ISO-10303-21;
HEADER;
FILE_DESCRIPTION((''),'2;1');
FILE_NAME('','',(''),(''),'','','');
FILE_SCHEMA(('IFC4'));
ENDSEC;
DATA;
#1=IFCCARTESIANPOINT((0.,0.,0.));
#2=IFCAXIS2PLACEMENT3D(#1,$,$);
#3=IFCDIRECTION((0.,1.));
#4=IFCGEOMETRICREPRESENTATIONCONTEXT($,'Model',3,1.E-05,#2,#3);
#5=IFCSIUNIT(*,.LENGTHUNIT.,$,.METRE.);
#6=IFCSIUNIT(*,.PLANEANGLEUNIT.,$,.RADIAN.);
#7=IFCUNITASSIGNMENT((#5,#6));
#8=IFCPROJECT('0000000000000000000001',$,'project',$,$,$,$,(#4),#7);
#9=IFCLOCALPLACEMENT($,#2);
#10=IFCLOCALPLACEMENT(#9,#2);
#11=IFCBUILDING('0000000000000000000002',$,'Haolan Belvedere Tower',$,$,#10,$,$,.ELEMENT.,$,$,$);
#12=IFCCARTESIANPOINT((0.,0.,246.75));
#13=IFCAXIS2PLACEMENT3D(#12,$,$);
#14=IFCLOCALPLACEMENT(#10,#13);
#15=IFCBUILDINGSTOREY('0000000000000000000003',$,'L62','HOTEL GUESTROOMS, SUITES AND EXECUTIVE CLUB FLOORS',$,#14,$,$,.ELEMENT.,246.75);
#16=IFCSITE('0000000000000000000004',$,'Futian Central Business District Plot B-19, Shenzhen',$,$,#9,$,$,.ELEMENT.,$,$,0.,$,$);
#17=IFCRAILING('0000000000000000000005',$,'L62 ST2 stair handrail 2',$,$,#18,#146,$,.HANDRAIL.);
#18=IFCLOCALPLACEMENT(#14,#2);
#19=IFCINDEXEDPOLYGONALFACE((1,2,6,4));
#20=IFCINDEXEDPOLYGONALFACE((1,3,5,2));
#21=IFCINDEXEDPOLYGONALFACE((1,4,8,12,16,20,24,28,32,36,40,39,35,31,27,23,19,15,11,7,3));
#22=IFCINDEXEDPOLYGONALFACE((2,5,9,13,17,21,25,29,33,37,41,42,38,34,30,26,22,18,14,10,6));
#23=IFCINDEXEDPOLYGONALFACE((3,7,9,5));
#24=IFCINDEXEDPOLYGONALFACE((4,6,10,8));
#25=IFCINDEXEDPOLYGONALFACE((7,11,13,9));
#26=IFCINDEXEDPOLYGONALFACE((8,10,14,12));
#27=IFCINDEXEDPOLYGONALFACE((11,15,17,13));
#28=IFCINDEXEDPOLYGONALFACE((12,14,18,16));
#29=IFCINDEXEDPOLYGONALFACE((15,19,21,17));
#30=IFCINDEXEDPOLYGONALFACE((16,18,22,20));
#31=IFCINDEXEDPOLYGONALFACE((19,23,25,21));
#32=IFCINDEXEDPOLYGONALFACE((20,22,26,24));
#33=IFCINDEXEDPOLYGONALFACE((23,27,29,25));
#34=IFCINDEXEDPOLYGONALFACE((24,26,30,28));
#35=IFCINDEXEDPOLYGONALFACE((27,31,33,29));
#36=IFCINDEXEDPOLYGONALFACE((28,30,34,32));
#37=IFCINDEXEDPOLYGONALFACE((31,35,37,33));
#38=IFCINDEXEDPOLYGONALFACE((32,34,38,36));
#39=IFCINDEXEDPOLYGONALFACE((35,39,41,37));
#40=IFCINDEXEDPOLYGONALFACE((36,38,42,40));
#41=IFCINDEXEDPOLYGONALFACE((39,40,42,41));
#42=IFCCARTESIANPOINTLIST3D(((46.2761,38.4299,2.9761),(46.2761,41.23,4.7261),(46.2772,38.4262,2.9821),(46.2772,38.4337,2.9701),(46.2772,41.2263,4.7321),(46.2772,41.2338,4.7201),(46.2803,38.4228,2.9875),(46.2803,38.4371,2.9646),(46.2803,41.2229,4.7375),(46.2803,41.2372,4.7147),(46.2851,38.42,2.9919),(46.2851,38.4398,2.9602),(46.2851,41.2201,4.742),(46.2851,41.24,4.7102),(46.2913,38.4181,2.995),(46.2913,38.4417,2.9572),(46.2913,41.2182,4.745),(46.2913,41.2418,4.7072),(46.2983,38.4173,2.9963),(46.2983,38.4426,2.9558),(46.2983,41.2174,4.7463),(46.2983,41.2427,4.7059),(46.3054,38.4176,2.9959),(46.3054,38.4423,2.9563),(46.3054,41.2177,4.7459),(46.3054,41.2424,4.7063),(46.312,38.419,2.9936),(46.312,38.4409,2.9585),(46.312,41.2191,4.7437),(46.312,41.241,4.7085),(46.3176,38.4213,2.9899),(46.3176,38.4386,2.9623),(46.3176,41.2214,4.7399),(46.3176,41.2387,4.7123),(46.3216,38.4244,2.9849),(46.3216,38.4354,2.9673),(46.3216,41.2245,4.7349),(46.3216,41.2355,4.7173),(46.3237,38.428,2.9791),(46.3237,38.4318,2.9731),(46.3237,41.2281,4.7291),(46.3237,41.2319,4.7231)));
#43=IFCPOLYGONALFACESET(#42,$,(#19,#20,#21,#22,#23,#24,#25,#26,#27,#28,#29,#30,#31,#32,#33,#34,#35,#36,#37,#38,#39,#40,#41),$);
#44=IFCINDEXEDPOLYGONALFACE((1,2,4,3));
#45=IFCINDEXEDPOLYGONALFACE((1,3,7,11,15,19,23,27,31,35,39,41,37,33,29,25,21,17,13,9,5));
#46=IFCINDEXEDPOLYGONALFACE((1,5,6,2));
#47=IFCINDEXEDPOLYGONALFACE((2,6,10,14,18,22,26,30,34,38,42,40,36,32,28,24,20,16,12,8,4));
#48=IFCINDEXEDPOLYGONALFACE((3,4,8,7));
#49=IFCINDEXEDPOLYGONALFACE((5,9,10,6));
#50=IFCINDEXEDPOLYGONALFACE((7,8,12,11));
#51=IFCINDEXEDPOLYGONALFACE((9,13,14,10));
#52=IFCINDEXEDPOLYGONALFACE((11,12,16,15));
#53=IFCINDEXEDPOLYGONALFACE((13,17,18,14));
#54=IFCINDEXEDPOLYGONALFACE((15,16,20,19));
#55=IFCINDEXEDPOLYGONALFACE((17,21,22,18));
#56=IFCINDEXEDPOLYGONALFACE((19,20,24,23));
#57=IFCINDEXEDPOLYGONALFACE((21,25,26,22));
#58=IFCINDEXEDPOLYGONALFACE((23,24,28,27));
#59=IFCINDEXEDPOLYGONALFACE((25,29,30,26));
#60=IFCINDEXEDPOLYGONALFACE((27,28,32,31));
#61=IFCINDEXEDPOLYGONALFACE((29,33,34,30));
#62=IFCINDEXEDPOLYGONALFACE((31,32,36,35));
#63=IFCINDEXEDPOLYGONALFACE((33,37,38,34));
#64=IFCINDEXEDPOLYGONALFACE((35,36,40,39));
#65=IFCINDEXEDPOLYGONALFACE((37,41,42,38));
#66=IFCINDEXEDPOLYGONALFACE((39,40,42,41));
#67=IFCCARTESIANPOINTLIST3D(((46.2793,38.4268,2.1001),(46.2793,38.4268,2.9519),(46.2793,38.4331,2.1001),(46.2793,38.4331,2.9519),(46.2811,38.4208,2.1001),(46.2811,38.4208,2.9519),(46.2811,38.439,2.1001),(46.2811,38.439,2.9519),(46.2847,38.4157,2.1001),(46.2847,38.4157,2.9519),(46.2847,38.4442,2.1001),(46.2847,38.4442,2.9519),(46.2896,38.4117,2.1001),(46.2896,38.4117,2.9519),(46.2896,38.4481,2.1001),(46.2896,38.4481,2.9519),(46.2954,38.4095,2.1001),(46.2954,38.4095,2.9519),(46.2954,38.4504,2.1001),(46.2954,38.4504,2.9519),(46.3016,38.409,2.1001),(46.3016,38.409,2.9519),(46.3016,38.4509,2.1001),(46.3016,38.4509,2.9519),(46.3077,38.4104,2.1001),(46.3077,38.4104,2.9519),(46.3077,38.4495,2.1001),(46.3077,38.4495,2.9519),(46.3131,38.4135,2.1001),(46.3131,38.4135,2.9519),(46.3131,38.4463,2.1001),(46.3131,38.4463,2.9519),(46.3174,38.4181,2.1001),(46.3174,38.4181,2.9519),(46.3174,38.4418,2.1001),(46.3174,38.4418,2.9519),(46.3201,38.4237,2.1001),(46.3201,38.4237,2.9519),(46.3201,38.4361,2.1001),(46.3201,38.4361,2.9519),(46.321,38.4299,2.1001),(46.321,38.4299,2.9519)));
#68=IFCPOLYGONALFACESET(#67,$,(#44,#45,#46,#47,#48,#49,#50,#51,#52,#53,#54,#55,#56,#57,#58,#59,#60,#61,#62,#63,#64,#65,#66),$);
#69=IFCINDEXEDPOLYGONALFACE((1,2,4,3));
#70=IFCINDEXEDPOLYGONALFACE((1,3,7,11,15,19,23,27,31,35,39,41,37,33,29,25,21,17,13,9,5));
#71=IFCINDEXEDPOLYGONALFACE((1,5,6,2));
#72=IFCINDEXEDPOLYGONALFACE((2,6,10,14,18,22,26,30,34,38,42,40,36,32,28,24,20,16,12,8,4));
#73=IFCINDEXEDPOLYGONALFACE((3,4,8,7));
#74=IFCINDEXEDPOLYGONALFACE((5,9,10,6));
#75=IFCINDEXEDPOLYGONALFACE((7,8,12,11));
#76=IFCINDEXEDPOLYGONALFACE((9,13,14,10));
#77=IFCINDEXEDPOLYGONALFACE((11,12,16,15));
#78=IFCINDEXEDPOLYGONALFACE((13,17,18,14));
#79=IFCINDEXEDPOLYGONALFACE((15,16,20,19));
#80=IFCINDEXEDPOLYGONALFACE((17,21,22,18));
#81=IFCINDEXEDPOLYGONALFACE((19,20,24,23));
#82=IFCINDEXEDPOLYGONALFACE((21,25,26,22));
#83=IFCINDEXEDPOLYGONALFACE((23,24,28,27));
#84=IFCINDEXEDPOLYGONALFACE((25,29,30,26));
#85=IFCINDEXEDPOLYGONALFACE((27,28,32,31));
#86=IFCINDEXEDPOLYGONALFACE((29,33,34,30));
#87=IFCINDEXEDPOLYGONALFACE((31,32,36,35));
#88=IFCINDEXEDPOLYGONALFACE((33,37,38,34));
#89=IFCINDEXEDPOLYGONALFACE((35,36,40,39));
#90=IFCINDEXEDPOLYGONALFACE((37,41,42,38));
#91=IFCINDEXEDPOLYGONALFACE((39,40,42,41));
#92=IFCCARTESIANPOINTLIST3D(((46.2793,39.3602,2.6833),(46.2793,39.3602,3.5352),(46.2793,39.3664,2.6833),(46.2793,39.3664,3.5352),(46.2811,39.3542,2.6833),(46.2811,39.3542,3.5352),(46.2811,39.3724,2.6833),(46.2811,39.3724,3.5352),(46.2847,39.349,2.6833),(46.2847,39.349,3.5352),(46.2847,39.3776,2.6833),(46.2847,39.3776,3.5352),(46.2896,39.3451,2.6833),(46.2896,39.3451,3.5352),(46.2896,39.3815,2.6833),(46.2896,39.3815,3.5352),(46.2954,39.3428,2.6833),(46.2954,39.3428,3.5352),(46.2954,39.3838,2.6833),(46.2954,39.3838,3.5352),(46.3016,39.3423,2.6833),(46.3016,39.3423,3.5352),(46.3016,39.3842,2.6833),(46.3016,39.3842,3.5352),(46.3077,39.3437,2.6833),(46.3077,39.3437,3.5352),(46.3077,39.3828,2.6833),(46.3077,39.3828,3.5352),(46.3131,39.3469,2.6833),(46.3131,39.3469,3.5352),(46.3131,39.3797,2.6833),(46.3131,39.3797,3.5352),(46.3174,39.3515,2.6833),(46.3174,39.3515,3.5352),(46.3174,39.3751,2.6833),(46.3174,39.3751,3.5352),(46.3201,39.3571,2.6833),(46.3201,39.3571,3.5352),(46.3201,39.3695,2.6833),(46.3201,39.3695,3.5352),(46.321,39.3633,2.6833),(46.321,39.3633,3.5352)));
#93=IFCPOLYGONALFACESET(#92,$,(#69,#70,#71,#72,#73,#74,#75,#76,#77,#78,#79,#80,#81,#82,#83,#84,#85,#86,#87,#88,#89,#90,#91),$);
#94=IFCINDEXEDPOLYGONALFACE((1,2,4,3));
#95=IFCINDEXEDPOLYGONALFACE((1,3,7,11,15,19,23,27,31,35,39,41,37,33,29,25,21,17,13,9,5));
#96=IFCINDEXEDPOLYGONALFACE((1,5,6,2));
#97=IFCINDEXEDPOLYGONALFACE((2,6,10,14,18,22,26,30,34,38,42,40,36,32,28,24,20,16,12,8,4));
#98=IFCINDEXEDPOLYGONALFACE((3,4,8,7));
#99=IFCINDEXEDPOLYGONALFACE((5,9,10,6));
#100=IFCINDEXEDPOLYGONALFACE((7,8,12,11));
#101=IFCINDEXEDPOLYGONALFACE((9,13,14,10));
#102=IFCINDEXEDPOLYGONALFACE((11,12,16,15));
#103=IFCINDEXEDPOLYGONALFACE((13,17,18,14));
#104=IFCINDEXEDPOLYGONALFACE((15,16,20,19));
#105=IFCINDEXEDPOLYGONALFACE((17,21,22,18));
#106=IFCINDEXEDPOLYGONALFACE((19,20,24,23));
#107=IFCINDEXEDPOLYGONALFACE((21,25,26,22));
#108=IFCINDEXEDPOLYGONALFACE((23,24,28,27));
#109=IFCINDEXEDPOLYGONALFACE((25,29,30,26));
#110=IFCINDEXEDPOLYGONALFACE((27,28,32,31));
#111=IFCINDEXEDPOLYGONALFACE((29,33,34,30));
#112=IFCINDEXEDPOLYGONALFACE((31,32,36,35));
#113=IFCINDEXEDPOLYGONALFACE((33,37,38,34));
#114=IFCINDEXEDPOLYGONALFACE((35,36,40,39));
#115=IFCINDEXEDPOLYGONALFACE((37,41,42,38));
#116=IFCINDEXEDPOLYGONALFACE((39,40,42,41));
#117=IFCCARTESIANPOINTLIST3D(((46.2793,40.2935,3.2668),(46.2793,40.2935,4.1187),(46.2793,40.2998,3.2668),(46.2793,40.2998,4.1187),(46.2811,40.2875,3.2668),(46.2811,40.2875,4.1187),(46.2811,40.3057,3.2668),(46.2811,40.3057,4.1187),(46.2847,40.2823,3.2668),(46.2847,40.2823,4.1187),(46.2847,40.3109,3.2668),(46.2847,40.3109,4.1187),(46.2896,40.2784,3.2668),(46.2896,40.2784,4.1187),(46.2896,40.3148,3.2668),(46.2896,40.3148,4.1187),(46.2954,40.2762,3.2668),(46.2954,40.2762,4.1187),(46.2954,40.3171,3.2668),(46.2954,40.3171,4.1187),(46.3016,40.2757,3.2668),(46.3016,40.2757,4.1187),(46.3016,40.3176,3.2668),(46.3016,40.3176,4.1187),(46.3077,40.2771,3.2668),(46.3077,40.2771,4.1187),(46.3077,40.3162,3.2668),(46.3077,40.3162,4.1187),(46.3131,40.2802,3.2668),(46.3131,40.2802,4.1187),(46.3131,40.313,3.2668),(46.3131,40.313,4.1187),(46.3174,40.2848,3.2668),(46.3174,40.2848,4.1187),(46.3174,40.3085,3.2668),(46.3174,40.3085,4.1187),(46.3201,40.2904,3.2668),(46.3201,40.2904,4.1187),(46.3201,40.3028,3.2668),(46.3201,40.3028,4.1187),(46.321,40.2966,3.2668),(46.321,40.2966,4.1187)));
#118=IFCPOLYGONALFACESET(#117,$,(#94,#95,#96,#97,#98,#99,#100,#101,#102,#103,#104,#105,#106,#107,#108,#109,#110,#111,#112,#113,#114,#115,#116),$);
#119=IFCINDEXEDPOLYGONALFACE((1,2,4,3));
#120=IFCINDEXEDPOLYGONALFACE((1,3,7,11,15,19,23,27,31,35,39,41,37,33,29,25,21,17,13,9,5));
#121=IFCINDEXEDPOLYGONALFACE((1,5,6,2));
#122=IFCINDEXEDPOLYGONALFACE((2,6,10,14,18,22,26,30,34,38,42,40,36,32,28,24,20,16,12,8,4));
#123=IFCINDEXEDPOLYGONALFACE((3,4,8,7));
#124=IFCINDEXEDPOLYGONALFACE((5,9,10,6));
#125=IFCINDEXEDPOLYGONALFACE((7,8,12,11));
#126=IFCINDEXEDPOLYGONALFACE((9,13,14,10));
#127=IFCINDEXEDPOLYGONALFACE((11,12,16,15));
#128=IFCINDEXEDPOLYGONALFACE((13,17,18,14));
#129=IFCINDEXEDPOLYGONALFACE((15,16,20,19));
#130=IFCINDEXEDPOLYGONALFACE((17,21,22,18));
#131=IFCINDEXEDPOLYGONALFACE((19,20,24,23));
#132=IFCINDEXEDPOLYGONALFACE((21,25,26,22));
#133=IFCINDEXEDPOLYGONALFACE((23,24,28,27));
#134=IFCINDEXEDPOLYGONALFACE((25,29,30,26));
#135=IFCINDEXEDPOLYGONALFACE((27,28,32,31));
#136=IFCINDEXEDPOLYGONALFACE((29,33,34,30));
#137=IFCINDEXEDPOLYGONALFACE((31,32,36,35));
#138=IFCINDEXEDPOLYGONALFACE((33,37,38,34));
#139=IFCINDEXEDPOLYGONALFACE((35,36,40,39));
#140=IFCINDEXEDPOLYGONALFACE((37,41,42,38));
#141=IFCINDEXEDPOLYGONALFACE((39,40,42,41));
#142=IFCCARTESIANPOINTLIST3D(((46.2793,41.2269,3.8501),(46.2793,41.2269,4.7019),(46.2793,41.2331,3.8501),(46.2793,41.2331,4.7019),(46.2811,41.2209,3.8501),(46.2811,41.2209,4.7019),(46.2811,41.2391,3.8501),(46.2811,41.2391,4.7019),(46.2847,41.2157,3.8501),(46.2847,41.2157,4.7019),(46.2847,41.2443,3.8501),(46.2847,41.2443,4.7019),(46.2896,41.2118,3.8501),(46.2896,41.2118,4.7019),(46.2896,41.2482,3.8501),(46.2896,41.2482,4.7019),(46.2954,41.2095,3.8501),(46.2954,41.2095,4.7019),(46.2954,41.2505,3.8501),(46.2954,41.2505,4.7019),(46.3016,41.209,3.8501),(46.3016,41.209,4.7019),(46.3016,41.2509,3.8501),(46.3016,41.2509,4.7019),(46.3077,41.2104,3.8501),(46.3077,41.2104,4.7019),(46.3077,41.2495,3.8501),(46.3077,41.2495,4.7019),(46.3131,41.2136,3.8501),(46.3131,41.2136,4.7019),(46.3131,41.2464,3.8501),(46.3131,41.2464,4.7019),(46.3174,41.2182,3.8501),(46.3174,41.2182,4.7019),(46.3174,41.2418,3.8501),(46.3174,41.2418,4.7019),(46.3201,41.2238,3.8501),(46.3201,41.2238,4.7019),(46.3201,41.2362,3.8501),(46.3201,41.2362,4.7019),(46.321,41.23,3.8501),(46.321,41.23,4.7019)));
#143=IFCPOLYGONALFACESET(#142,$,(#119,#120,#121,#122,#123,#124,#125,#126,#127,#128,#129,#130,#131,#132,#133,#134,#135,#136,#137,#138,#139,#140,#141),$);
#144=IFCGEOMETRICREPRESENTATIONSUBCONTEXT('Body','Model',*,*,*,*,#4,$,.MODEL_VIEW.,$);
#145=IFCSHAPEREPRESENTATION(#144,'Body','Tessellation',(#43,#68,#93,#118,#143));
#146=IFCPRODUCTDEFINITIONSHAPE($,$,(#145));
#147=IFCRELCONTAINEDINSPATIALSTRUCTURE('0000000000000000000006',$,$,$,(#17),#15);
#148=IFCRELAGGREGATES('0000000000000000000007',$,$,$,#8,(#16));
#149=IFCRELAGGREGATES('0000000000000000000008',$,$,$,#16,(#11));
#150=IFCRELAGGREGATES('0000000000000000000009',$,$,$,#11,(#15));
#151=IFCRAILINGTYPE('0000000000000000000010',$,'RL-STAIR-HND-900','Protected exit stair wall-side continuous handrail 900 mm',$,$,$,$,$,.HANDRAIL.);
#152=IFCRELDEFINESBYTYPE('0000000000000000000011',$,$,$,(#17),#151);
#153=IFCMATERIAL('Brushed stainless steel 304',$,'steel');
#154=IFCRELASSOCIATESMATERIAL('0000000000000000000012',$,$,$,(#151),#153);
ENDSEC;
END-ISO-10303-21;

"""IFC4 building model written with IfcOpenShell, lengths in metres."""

from ifc_helpers import new_model, si_unit, direction, frame, origin, origin_2d, place, context, subcontext, project, spatial, circle, extrude, material, type_object, element, save


model = new_model("IFC4")

# Units and contexts
model_context = context("Model", 3, precision=1e-05, world=origin(), true_north=direction((0.0, 1.0)))
body_context = subcontext(model_context, "Body", "Model", "MODEL_VIEW")
ifc_project = project(units=[si_unit("LENGTHUNIT", "METRE"), si_unit("PLANEANGLEUNIT", "RADIAN")], contexts=[model_context])

# Site, building, storey
site_placement = place(None, origin())
site = spatial("IfcSite", under=ifc_project, at=site_placement, Name="Futian Central Business District Plot B-19, Shenzhen", CompositionType="ELEMENT", RefElevation=0.0)
building_placement = place(site_placement, origin())
building = spatial("IfcBuilding", under=site, at=building_placement, Name="Haolan Belvedere Tower", CompositionType="ELEMENT")
storey_placement = place(building_placement, frame((0.0, 0.0, 246.75)))
storey = spatial("IfcBuildingStorey", under=building, at=storey_placement, Name="L62", Description="HOTEL GUESTROOMS, SUITES AND EXECUTIVE CLUB FLOORS", CompositionType="ELEMENT", Elevation=246.75)

# Railing
ifc_material_1 = material(Name="Brushed stainless steel 304", Category="steel")
railing_type = type_object("IfcRailingType", Name="RL-STAIR-HND-900", Description="Protected exit stair wall-side continuous handrail 900 mm", PredefinedType="HANDRAIL", material=ifc_material_1)
railing_placement = place(storey_placement, frame((46.3, 38.4299, 2.1001)))
element("IfcRailing", 1, at=railing_placement, inside=storey, type_object=railing_type, Name="L62 ST2 stair handrail 2", PredefinedType="HANDRAIL", context=body_context, shape_type="SweptSolid", body=[
    extrude(circle(Radius=0.0239, at=origin_2d()), frame((0.0, 0.0, 0.876), z_axis=(0.0, 0.848002, 0.529992), x_axis=(-1.0, 0.0, 0.0)), (0.0, 0.0, 1.0), 3.302),
    extrude(circle(Radius=0.021, at=origin_2d()), origin(), (0.0, 0.0, 1.0), 0.8518),
    extrude(circle(Radius=0.021, at=origin_2d()), frame((0.0, 0.9333, 0.5833)), (0.0, 0.0, 1.0), 0.8518),
    extrude(circle(Radius=0.021, at=origin_2d()), frame((0.0, 1.8667, 1.1667)), (0.0, 0.0, 1.0), 0.8518),
    extrude(circle(Radius=0.021, at=origin_2d()), frame((0.0, 2.8, 1.75)), (0.0, 0.0, 1.0), 0.8518),
])

save(model, "model.ifc")
